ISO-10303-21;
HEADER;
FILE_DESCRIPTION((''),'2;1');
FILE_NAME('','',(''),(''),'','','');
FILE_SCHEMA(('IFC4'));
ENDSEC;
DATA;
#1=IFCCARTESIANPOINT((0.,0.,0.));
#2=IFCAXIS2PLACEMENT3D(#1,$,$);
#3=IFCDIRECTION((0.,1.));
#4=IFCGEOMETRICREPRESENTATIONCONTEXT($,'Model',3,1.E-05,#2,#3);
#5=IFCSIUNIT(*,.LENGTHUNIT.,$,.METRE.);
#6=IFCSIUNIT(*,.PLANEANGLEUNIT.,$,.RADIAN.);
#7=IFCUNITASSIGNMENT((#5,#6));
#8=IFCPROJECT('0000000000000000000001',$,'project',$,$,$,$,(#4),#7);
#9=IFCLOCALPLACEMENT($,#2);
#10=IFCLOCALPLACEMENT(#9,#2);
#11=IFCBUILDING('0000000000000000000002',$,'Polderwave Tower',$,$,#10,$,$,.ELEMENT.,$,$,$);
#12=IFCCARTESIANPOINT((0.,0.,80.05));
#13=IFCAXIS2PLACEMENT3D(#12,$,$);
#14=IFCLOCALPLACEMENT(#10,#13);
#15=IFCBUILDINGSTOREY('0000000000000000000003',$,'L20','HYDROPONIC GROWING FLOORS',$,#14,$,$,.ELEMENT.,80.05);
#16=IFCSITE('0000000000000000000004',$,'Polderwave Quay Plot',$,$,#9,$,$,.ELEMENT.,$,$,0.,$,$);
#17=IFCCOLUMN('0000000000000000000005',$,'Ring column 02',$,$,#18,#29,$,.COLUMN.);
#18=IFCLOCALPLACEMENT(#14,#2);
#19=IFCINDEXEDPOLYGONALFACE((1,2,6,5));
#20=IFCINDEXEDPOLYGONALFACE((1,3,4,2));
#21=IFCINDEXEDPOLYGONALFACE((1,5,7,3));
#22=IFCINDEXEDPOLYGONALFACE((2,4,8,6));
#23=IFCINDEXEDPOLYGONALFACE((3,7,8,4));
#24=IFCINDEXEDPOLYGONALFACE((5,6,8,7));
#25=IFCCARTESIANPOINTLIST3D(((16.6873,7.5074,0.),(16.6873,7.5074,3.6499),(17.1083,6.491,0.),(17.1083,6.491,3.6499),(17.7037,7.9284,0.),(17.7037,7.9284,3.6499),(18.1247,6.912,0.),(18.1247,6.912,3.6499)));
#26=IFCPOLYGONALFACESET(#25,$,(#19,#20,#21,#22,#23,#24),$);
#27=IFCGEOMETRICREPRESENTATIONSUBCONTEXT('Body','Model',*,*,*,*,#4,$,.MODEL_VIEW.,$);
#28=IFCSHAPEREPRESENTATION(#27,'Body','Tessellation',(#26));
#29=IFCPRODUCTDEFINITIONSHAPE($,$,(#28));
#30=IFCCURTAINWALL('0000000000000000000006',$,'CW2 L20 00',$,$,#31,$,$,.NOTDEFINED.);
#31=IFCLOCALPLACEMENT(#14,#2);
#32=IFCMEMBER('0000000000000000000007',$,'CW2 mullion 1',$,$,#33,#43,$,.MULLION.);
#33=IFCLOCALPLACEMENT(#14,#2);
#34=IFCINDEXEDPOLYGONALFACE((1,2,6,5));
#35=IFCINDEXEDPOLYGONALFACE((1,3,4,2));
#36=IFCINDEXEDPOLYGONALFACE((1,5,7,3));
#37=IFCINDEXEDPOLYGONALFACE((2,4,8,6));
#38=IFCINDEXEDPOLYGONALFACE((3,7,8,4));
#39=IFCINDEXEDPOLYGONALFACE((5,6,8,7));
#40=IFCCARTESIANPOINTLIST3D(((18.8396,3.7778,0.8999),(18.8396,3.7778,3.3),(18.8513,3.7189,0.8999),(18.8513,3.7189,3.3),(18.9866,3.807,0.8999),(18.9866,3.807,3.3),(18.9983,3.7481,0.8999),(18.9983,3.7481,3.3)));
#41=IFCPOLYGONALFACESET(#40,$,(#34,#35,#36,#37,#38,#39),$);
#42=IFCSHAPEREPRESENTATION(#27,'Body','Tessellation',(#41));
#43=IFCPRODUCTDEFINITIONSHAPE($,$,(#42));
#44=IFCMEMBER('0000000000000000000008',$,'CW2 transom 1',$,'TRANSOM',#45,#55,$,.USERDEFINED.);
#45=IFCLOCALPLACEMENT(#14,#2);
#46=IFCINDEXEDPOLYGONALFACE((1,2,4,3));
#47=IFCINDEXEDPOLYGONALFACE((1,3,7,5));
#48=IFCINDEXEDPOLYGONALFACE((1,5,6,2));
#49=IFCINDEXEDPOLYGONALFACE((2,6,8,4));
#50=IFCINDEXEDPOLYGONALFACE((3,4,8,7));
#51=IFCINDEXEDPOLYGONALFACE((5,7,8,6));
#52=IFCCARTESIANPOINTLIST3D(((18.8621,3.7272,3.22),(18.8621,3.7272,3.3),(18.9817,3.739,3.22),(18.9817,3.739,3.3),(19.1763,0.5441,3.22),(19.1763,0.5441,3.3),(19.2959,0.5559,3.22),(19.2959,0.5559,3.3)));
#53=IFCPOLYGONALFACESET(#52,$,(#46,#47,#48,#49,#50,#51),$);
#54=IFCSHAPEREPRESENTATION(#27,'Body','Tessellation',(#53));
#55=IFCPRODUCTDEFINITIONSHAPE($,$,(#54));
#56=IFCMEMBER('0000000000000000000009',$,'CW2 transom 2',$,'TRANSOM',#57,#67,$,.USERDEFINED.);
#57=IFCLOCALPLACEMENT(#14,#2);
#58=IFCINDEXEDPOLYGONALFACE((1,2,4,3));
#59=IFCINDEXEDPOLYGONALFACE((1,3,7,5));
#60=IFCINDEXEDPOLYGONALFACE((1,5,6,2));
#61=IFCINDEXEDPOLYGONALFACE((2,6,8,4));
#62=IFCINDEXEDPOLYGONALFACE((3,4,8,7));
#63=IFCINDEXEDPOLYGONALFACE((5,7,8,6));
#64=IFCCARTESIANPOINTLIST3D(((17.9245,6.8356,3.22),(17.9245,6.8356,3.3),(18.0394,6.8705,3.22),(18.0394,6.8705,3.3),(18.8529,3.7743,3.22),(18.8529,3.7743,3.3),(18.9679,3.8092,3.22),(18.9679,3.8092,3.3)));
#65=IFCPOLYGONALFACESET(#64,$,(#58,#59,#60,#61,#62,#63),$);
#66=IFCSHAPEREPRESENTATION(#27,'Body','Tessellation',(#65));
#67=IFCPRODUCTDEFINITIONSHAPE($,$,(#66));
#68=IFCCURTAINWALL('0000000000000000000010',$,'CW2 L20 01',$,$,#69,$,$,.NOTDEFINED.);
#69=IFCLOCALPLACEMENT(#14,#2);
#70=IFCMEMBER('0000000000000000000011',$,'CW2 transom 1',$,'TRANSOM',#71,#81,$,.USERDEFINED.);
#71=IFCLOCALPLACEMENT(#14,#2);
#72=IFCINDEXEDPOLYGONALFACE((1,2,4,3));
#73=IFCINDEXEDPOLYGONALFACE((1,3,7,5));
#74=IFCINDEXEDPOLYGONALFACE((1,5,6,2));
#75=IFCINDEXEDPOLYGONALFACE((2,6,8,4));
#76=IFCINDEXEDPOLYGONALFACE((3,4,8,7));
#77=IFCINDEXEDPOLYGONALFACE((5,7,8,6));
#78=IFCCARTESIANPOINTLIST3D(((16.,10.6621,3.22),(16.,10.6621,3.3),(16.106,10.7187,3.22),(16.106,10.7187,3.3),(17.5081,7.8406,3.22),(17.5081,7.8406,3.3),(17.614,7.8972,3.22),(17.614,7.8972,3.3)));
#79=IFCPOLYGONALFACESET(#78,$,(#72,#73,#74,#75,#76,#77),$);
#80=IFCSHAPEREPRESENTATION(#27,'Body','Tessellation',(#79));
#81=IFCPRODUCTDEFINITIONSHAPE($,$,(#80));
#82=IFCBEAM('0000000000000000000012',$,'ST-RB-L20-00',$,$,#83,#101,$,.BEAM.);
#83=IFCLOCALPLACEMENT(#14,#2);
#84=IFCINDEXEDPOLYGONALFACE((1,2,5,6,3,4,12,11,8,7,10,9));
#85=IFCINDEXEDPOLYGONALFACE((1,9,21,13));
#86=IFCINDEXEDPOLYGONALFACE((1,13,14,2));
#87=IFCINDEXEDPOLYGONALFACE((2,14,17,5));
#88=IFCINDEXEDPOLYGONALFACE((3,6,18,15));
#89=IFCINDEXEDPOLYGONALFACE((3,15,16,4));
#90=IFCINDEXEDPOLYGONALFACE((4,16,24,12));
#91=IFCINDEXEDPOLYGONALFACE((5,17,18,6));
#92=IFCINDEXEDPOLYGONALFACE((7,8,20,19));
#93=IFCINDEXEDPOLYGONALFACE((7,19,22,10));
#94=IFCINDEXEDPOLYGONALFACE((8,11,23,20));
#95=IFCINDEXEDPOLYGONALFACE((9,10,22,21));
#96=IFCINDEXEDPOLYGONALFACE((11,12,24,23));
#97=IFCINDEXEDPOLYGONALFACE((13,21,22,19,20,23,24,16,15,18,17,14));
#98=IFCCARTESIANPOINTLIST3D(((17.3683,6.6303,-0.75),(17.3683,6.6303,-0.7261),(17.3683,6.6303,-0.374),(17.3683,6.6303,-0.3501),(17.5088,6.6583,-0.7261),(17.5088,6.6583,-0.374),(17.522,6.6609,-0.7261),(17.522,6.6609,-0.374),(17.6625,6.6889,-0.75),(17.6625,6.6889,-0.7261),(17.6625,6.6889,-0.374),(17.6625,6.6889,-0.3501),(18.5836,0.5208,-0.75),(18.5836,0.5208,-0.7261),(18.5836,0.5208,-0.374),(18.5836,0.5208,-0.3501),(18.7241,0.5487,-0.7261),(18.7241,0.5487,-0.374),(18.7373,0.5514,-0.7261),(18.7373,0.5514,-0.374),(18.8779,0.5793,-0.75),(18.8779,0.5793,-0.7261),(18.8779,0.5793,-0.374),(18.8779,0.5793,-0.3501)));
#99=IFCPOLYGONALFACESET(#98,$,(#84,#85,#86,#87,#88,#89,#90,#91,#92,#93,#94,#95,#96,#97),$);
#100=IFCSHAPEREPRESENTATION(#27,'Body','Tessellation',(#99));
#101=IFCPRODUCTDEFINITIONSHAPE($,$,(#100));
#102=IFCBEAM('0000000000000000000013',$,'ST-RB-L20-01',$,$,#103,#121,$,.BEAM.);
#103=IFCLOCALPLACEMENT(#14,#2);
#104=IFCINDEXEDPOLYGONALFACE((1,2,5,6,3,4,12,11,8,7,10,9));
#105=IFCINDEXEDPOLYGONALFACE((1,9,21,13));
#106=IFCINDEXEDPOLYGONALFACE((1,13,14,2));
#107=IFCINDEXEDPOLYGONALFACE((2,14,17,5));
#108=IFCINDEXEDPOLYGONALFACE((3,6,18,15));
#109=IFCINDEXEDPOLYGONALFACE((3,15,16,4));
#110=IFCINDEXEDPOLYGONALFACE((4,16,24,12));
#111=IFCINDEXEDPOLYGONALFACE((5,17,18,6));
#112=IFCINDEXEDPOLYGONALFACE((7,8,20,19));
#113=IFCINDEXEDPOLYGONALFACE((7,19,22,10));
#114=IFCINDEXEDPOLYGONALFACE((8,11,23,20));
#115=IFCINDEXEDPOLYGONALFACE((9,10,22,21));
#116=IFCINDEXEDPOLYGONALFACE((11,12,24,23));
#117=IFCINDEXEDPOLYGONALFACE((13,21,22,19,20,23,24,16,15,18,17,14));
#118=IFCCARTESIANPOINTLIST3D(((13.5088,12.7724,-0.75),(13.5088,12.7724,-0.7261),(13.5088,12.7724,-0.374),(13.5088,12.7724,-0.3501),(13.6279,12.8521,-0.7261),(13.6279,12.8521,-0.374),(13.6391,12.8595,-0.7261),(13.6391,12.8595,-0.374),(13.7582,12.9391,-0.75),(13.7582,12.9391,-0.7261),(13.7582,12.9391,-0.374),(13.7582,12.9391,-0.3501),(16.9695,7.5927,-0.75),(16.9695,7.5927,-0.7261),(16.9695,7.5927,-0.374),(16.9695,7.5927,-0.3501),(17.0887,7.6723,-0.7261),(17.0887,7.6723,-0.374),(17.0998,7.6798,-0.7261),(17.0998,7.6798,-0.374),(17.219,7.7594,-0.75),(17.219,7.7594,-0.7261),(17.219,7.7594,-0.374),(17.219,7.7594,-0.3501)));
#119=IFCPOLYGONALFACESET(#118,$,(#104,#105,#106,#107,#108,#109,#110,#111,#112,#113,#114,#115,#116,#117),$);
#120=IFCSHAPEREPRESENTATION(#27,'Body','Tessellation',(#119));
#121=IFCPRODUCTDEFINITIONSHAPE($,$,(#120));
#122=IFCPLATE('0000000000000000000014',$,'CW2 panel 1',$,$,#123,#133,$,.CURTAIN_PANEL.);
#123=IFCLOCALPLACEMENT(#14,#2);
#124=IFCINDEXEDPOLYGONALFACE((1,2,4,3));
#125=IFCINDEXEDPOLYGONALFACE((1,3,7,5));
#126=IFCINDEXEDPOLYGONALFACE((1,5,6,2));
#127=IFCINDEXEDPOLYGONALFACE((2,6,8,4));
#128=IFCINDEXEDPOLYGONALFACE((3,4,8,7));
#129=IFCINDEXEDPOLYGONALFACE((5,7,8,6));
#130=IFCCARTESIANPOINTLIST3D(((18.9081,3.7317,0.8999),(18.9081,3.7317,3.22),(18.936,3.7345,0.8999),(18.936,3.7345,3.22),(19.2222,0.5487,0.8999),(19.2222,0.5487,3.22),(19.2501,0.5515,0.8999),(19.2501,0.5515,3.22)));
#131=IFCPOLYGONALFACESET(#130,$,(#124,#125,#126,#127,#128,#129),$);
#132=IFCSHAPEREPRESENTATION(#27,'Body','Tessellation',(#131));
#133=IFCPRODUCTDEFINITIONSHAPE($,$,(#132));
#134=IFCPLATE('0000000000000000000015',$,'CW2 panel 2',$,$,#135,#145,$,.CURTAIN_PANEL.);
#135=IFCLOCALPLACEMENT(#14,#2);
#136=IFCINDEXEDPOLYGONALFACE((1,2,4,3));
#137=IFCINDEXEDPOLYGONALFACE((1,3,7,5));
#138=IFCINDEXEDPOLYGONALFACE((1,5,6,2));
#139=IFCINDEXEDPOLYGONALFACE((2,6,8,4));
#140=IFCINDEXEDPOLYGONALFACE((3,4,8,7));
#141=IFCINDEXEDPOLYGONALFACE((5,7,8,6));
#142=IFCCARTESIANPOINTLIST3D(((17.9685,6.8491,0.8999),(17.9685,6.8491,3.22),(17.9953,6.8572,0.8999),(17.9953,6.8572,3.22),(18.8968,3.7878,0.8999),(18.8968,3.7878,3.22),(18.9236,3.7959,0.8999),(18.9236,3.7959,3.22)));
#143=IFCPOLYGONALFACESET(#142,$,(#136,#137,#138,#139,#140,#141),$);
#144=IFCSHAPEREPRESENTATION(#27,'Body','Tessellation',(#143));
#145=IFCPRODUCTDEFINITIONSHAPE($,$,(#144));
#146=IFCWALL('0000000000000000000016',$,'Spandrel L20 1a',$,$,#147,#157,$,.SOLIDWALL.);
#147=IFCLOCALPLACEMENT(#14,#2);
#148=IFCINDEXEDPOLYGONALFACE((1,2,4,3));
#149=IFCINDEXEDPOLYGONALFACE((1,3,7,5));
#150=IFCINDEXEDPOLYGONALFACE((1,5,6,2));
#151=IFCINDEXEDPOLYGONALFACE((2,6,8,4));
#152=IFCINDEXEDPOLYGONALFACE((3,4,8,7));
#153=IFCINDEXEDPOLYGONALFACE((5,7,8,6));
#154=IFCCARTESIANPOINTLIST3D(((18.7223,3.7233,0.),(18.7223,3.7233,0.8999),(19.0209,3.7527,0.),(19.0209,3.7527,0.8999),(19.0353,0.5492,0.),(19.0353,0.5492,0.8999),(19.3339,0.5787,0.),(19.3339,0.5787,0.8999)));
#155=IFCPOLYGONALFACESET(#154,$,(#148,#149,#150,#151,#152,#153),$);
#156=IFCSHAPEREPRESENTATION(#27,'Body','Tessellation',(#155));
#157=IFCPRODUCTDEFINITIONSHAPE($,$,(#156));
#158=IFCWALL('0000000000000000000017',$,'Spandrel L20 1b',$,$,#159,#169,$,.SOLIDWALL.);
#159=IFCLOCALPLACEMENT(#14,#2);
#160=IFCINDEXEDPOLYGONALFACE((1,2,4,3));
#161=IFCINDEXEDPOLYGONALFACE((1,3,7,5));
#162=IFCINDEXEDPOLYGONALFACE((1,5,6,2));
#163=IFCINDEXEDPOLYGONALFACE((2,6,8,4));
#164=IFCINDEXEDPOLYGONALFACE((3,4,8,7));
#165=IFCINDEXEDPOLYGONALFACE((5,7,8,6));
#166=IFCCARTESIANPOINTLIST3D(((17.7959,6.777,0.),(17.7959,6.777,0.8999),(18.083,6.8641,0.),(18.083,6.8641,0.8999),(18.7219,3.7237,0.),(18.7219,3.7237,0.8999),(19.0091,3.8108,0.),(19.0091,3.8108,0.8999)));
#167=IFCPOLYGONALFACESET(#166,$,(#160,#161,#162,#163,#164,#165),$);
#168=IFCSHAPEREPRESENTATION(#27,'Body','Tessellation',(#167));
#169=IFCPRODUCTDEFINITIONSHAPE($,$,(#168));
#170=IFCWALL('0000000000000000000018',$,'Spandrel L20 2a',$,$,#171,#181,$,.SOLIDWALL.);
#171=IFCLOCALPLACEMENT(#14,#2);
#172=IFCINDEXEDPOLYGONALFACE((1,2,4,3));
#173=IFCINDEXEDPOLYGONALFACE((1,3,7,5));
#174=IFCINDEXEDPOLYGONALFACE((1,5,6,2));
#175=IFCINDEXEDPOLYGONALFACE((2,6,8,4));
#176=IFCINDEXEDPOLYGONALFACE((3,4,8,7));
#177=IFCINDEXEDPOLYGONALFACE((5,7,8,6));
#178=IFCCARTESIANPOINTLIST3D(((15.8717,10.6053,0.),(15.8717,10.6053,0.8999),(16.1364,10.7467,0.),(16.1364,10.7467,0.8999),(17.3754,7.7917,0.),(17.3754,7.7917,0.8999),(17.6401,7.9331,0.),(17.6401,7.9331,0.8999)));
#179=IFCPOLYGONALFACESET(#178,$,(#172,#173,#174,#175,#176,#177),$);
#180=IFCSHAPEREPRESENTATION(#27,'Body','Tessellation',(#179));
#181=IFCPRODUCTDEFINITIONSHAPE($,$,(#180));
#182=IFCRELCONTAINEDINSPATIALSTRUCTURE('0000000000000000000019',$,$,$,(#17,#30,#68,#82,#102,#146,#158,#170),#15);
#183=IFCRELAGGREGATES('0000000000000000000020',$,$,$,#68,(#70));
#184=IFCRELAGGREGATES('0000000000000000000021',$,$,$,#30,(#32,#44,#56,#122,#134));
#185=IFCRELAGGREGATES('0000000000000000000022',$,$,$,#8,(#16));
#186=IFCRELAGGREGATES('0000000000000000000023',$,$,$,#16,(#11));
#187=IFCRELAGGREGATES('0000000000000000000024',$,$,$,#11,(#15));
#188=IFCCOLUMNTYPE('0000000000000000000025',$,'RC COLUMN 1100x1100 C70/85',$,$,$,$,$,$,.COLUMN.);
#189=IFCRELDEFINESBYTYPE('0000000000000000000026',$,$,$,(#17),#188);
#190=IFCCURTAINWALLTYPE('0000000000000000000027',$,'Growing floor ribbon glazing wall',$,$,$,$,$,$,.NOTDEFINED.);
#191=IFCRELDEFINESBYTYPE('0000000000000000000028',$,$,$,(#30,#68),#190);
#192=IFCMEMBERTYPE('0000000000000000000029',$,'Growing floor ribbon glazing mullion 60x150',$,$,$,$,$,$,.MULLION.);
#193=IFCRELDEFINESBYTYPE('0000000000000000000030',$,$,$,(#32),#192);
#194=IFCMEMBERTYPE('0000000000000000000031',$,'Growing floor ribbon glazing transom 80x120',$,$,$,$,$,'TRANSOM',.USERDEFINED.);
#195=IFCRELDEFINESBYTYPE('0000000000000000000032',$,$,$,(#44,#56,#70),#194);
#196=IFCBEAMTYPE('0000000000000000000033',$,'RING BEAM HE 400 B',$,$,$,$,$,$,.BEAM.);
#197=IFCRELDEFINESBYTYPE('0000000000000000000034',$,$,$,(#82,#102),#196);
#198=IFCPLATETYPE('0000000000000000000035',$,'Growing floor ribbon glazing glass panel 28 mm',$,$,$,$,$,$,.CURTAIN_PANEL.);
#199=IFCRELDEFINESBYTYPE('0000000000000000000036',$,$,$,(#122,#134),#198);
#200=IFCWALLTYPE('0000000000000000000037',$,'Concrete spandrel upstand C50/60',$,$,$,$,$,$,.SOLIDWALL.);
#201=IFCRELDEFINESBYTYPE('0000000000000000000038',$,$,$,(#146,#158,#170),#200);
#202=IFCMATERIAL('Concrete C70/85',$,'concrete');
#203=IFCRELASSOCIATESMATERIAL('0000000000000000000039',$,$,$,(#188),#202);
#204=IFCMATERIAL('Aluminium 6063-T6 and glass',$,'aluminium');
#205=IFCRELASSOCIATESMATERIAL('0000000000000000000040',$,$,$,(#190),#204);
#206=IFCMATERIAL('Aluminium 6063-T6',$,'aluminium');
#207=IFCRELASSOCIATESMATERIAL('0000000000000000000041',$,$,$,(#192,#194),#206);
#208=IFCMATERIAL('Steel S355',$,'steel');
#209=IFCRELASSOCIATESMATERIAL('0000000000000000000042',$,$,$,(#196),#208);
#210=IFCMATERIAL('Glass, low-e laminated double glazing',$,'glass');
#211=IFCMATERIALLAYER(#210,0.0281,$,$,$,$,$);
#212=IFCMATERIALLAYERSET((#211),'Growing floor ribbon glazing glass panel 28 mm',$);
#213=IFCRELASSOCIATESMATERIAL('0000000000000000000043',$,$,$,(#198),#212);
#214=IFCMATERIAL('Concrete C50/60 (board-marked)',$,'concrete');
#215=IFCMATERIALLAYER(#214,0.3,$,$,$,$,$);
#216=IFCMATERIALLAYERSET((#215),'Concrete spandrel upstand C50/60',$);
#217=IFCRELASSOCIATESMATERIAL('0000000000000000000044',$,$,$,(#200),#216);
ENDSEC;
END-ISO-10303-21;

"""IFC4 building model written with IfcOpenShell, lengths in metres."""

from ifc_helpers import new_model, si_unit, direction, frame, frame_2d, origin, origin_2d, place, context, subcontext, project, spatial, rectangle, i_section, extrude, material, layer, layer_set, material_profile, profile_set, type_object, element, aggregate, save


model = new_model("IFC4")

# Units and contexts
model_context = context("Model", 3, precision=1e-05, world=origin(), true_north=direction((0.0, 1.0)))
body_context = subcontext(model_context, "Body", "Model", "MODEL_VIEW")
ifc_project = project(units=[si_unit("LENGTHUNIT", "METRE"), si_unit("PLANEANGLEUNIT", "RADIAN")], contexts=[model_context])

# Site, building, storey
site_placement = place(None, origin())
site = spatial("IfcSite", under=ifc_project, at=site_placement, Name="Polderwave Quay Plot", CompositionType="ELEMENT", RefElevation=0.0)
building_placement = place(site_placement, origin())
building = spatial("IfcBuilding", under=site, at=building_placement, Name="Polderwave Tower", CompositionType="ELEMENT")
storey_placement = place(building_placement, frame((0.0, 0.0, 80.05)))
storey = spatial("IfcBuildingStorey", under=building, at=storey_placement, Name="L20", Description="HYDROPONIC GROWING FLOORS", CompositionType="ELEMENT", Elevation=80.05)

# Column
ifc_material_1 = material(Name="Concrete C70/85", Category="concrete")
ifc_material_profile_1 = material_profile(ifc_material_1, rectangle(XDim=1.1001, YDim=1.1001, at=origin_2d()), Name="RC 1100x1100")
ifc_profile_set_1 = profile_set([ifc_material_profile_1], Name="Concrete C70/85")
column_type = type_object("IfcColumnType", Name="RC COLUMN 1100x1100 C70/85", PredefinedType="COLUMN", material=ifc_profile_set_1)
column_placement = place(storey_placement, frame((17.406, 7.2097, 0.0), z_axis=(0.0, 0.0, 1.0), x_axis=(0.92388, 0.382683, 0.0)))
element("IfcColumn", 1, at=column_placement, inside=storey, type_object=column_type, Name="Ring column 02", PredefinedType="COLUMN", context=body_context, shape_type="SweptSolid", body=[
    extrude(rectangle(XDim=1.1001, YDim=1.1001, at=origin_2d()), origin(), (0.0, 0.0, 1.0), 3.6499),
])

# Curtain wall, members
ifc_material_2 = material(Name="Aluminium 6063-T6 and glass", Category="aluminium")
curtain_wall_type = type_object("IfcCurtainWallType", Name="Growing floor ribbon glazing wall", PredefinedType="NOTDEFINED", material=ifc_material_2)
curtain_wall_1_placement = place(storey_placement, origin())
curtain_wall_1 = element("IfcCurtainWall", 2, at=curtain_wall_1_placement, inside=storey, type_object=curtain_wall_type, Name="CW2 L20 00", PredefinedType="NOTDEFINED")
ifc_material_3 = material(Name="Aluminium 6063-T6", Category="aluminium")
ifc_material_profile_2 = material_profile(ifc_material_3, rectangle(XDim=0.1499, YDim=0.0601, at=origin_2d()), Name="AL 60x150")
ifc_profile_set_2 = profile_set([ifc_material_profile_2], Name="Aluminium 6063-T6")
member_type_1 = type_object("IfcMemberType", Name="Growing floor ribbon glazing mullion 60x150", PredefinedType="MULLION", material=ifc_profile_set_2)
member_1_placement = place(storey_placement, frame((18.9189, 3.7629, 0.8999), z_axis=(0.0, 0.0, 1.0), x_axis=(-0.980779, -0.195123, 0.0)))
member_1 = element("IfcMember", 3, at=member_1_placement, type_object=member_type_1, Name="CW2 mullion 1", PredefinedType="MULLION", context=body_context, shape_type="SweptSolid", body=[
    extrude(rectangle(XDim=0.1499, YDim=0.0601, at=origin_2d()), origin(), (0.0, 0.0, 1.0), 2.4001),
])
ifc_material_profile_3 = material_profile(ifc_material_3, rectangle(XDim=0.1201, YDim=0.0801, at=origin_2d()), Name="AL 80x120")
ifc_profile_set_3 = profile_set([ifc_material_profile_3], Name="Aluminium 6063-T6")
member_type_2 = type_object("IfcMemberType", Name="Growing floor ribbon glazing transom 80x120", ElementType="TRANSOM", PredefinedType="USERDEFINED", material=ifc_profile_set_3)
member_2_placement = place(storey_placement, frame((19.2361, 0.55, 3.26), z_axis=(-0.098234, 0.995163, 0.0), x_axis=(-0.995163, -0.098234, 0.0)))
member_2 = element("IfcMember", 4, at=member_2_placement, type_object=member_type_2, Name="CW2 transom 1", ObjectType="TRANSOM", PredefinedType="USERDEFINED", context=body_context, shape_type="SweptSolid", body=[
    extrude(rectangle(XDim=0.1201, YDim=0.0801, at=origin_2d()), origin(), (0.0, 0.0, 1.0), 3.1985),
])
member_3_placement = place(storey_placement, frame((18.9104, 3.7917, 3.26), z_axis=(-0.290238, 0.956954, 0.0), x_axis=(-0.956954, -0.290238, 0.0)))
member_3 = element("IfcMember", 5, at=member_3_placement, type_object=member_type_2, Name="CW2 transom 2", ObjectType="TRANSOM", PredefinedType="USERDEFINED", context=body_context, shape_type="SweptSolid", body=[
    extrude(rectangle(XDim=0.1201, YDim=0.0801, at=origin_2d()), origin(), (0.0, 0.0, 1.0), 3.199),
])

# Curtain wall, member
curtain_wall_2_placement = place(storey_placement, origin())
curtain_wall_2 = element("IfcCurtainWall", 6, at=curtain_wall_2_placement, inside=storey, type_object=curtain_wall_type, Name="CW2 L20 01", PredefinedType="NOTDEFINED")
member_4_placement = place(storey_placement, frame((17.561, 7.8689, 3.26), z_axis=(-0.471376, 0.881932, 0.0), x_axis=(-0.881932, -0.471376, 0.0)))
member_4 = element("IfcMember", 7, at=member_4_placement, type_object=member_type_2, Name="CW2 transom 1", ObjectType="TRANSOM", PredefinedType="USERDEFINED", context=body_context, shape_type="SweptSolid", body=[
    extrude(rectangle(XDim=0.1201, YDim=0.0801, at=origin_2d()), origin(), (0.0, 0.0, 1.0), 3.1992),
])
aggregate(curtain_wall_2, [member_4])

# Beams
ifc_material_4 = material(Name="Steel S355", Category="steel")
ifc_material_profile_4 = material_profile(ifc_material_4, i_section(OverallWidth=0.3, OverallDepth=0.3999, WebThickness=0.0134, FlangeThickness=0.0239, at=origin_2d()), Name="HE 400 B")
ifc_profile_set_4 = profile_set([ifc_material_profile_4], Name="Steel S355")
beam_type = type_object("IfcBeamType", Name="RING BEAM HE 400 B", PredefinedType="BEAM", material=ifc_profile_set_4)
beam_1_placement = place(storey_placement, frame((18.7307, 0.55, -0.55), z_axis=(-0.195099, 0.980784, 0.0), x_axis=(-0.980784, -0.195099, 0.0)))
element("IfcBeam", 8, at=beam_1_placement, inside=storey, type_object=beam_type, Name="ST-RB-L20-00", PredefinedType="BEAM", context=body_context, shape_type="SweptSolid", body=[
    extrude(i_section(OverallWidth=0.3, OverallDepth=0.3999, WebThickness=0.0134, FlangeThickness=0.0239, at=origin_2d()), origin(), (0.0, 0.0, 1.0), 6.2292),
])
beam_2_placement = place(storey_placement, frame((17.0942, 7.676, -0.55), z_axis=(-0.555541, 0.831489, 0.0), x_axis=(-0.831489, -0.555541, 0.0)))
element("IfcBeam", 9, at=beam_2_placement, inside=storey, type_object=beam_type, Name="ST-RB-L20-01", PredefinedType="BEAM", context=body_context, shape_type="SweptSolid", body=[
    extrude(i_section(OverallWidth=0.3, OverallDepth=0.3999, WebThickness=0.0134, FlangeThickness=0.0239, at=origin_2d()), origin(), (0.0, 0.0, 1.0), 6.2295),
])

# Plates
ifc_material_5 = material(Name="Glass, low-e laminated double glazing", Category="glass")
ifc_layer_1 = layer(ifc_material_5, 0.0281)
ifc_layer_set_1 = layer_set([ifc_layer_1], Name="Growing floor ribbon glazing glass panel 28 mm")
plate_type = type_object("IfcPlateType", Name="Growing floor ribbon glazing glass panel 28 mm", PredefinedType="CURTAIN_PANEL", material=ifc_layer_set_1)
plate_1_placement = place(storey_placement, frame((19.0791, 2.1416, 0.8999), z_axis=(0.0, 0.0, 1.0), x_axis=(-0.098186, 0.995168, 0.0)))
plate_1 = element("IfcPlate", 10, at=plate_1_placement, type_object=plate_type, Name="CW2 panel 1", PredefinedType="CURTAIN_PANEL", context=body_context, shape_type="SweptSolid", body=[
    extrude(rectangle(XDim=3.1985, YDim=0.0281, at=origin_2d()), origin(), (0.0, 0.0, 1.0), 2.3201),
])
plate_2_placement = place(storey_placement, frame((18.446, 5.3225, 0.8999), z_axis=(0.0, 0.0, 1.0), x_axis=(-0.290188, 0.95697, 0.0)))
plate_2 = element("IfcPlate", 11, at=plate_2_placement, type_object=plate_type, Name="CW2 panel 2", PredefinedType="CURTAIN_PANEL", context=body_context, shape_type="SweptSolid", body=[
    extrude(rectangle(XDim=3.199, YDim=0.0281, at=origin_2d()), origin(), (0.0, 0.0, 1.0), 2.3201),
])
aggregate(curtain_wall_1, [member_1, member_2, member_3, plate_1, plate_2])

# Walls
ifc_material_6 = material(Name="Concrete C50/60 (board-marked)", Category="concrete")
ifc_layer_2 = layer(ifc_material_6, 0.3)
ifc_layer_set_2 = layer_set([ifc_layer_2], Name="Concrete spandrel upstand C50/60")
wall_type_1 = type_object("IfcWallType", Name="Concrete spandrel upstand C50/60", PredefinedType="SOLIDWALL", material=ifc_layer_set_2)
wall_1_placement = place(storey_placement, frame((19.1846, 0.564, 0.0), z_axis=(0.0, 0.0, 1.0), x_axis=(-0.098132, 0.995173, 0.0)))
element("IfcWall", 12, at=wall_1_placement, inside=storey, type_object=wall_type_1, Name="Spandrel L20 1a", PredefinedType="SOLIDWALL", context=body_context, shape_type="SweptSolid", body=[
    extrude(rectangle(XDim=3.1895, YDim=0.3, at=frame_2d((1.5947, 0.0))), origin(), (0.0, 0.0, 1.0), 0.8999),
])
wall_2_placement = place(storey_placement, frame((18.8655, 3.7673, 0.0), z_axis=(0.0, 0.0, 1.0), x_axis=(-0.290239, 0.956954, 0.0)))
element("IfcWall", 13, at=wall_2_placement, inside=storey, type_object=wall_type_1, Name="Spandrel L20 1b", PredefinedType="SOLIDWALL", context=body_context, shape_type="SweptSolid", body=[
    extrude(rectangle(XDim=3.1907, YDim=0.3, at=frame_2d((1.5952, 0.0))), origin(), (0.0, 0.0, 1.0), 0.8999),
])
wall_3_placement = place(storey_placement, frame((17.5078, 7.8623, 0.0), z_axis=(0.0, 0.0, 1.0), x_axis=(-0.471355, 0.881944, 0.0)))
element("IfcWall", 14, at=wall_3_placement, inside=storey, type_object=wall_type_1, Name="Spandrel L20 2a", PredefinedType="SOLIDWALL", context=body_context, shape_type="SweptSolid", body=[
    extrude(rectangle(XDim=3.1902, YDim=0.3, at=frame_2d((1.5952, 0.0))), origin(), (0.0, 0.0, 1.0), 0.8999),
])

save(model, "model.ifc")
